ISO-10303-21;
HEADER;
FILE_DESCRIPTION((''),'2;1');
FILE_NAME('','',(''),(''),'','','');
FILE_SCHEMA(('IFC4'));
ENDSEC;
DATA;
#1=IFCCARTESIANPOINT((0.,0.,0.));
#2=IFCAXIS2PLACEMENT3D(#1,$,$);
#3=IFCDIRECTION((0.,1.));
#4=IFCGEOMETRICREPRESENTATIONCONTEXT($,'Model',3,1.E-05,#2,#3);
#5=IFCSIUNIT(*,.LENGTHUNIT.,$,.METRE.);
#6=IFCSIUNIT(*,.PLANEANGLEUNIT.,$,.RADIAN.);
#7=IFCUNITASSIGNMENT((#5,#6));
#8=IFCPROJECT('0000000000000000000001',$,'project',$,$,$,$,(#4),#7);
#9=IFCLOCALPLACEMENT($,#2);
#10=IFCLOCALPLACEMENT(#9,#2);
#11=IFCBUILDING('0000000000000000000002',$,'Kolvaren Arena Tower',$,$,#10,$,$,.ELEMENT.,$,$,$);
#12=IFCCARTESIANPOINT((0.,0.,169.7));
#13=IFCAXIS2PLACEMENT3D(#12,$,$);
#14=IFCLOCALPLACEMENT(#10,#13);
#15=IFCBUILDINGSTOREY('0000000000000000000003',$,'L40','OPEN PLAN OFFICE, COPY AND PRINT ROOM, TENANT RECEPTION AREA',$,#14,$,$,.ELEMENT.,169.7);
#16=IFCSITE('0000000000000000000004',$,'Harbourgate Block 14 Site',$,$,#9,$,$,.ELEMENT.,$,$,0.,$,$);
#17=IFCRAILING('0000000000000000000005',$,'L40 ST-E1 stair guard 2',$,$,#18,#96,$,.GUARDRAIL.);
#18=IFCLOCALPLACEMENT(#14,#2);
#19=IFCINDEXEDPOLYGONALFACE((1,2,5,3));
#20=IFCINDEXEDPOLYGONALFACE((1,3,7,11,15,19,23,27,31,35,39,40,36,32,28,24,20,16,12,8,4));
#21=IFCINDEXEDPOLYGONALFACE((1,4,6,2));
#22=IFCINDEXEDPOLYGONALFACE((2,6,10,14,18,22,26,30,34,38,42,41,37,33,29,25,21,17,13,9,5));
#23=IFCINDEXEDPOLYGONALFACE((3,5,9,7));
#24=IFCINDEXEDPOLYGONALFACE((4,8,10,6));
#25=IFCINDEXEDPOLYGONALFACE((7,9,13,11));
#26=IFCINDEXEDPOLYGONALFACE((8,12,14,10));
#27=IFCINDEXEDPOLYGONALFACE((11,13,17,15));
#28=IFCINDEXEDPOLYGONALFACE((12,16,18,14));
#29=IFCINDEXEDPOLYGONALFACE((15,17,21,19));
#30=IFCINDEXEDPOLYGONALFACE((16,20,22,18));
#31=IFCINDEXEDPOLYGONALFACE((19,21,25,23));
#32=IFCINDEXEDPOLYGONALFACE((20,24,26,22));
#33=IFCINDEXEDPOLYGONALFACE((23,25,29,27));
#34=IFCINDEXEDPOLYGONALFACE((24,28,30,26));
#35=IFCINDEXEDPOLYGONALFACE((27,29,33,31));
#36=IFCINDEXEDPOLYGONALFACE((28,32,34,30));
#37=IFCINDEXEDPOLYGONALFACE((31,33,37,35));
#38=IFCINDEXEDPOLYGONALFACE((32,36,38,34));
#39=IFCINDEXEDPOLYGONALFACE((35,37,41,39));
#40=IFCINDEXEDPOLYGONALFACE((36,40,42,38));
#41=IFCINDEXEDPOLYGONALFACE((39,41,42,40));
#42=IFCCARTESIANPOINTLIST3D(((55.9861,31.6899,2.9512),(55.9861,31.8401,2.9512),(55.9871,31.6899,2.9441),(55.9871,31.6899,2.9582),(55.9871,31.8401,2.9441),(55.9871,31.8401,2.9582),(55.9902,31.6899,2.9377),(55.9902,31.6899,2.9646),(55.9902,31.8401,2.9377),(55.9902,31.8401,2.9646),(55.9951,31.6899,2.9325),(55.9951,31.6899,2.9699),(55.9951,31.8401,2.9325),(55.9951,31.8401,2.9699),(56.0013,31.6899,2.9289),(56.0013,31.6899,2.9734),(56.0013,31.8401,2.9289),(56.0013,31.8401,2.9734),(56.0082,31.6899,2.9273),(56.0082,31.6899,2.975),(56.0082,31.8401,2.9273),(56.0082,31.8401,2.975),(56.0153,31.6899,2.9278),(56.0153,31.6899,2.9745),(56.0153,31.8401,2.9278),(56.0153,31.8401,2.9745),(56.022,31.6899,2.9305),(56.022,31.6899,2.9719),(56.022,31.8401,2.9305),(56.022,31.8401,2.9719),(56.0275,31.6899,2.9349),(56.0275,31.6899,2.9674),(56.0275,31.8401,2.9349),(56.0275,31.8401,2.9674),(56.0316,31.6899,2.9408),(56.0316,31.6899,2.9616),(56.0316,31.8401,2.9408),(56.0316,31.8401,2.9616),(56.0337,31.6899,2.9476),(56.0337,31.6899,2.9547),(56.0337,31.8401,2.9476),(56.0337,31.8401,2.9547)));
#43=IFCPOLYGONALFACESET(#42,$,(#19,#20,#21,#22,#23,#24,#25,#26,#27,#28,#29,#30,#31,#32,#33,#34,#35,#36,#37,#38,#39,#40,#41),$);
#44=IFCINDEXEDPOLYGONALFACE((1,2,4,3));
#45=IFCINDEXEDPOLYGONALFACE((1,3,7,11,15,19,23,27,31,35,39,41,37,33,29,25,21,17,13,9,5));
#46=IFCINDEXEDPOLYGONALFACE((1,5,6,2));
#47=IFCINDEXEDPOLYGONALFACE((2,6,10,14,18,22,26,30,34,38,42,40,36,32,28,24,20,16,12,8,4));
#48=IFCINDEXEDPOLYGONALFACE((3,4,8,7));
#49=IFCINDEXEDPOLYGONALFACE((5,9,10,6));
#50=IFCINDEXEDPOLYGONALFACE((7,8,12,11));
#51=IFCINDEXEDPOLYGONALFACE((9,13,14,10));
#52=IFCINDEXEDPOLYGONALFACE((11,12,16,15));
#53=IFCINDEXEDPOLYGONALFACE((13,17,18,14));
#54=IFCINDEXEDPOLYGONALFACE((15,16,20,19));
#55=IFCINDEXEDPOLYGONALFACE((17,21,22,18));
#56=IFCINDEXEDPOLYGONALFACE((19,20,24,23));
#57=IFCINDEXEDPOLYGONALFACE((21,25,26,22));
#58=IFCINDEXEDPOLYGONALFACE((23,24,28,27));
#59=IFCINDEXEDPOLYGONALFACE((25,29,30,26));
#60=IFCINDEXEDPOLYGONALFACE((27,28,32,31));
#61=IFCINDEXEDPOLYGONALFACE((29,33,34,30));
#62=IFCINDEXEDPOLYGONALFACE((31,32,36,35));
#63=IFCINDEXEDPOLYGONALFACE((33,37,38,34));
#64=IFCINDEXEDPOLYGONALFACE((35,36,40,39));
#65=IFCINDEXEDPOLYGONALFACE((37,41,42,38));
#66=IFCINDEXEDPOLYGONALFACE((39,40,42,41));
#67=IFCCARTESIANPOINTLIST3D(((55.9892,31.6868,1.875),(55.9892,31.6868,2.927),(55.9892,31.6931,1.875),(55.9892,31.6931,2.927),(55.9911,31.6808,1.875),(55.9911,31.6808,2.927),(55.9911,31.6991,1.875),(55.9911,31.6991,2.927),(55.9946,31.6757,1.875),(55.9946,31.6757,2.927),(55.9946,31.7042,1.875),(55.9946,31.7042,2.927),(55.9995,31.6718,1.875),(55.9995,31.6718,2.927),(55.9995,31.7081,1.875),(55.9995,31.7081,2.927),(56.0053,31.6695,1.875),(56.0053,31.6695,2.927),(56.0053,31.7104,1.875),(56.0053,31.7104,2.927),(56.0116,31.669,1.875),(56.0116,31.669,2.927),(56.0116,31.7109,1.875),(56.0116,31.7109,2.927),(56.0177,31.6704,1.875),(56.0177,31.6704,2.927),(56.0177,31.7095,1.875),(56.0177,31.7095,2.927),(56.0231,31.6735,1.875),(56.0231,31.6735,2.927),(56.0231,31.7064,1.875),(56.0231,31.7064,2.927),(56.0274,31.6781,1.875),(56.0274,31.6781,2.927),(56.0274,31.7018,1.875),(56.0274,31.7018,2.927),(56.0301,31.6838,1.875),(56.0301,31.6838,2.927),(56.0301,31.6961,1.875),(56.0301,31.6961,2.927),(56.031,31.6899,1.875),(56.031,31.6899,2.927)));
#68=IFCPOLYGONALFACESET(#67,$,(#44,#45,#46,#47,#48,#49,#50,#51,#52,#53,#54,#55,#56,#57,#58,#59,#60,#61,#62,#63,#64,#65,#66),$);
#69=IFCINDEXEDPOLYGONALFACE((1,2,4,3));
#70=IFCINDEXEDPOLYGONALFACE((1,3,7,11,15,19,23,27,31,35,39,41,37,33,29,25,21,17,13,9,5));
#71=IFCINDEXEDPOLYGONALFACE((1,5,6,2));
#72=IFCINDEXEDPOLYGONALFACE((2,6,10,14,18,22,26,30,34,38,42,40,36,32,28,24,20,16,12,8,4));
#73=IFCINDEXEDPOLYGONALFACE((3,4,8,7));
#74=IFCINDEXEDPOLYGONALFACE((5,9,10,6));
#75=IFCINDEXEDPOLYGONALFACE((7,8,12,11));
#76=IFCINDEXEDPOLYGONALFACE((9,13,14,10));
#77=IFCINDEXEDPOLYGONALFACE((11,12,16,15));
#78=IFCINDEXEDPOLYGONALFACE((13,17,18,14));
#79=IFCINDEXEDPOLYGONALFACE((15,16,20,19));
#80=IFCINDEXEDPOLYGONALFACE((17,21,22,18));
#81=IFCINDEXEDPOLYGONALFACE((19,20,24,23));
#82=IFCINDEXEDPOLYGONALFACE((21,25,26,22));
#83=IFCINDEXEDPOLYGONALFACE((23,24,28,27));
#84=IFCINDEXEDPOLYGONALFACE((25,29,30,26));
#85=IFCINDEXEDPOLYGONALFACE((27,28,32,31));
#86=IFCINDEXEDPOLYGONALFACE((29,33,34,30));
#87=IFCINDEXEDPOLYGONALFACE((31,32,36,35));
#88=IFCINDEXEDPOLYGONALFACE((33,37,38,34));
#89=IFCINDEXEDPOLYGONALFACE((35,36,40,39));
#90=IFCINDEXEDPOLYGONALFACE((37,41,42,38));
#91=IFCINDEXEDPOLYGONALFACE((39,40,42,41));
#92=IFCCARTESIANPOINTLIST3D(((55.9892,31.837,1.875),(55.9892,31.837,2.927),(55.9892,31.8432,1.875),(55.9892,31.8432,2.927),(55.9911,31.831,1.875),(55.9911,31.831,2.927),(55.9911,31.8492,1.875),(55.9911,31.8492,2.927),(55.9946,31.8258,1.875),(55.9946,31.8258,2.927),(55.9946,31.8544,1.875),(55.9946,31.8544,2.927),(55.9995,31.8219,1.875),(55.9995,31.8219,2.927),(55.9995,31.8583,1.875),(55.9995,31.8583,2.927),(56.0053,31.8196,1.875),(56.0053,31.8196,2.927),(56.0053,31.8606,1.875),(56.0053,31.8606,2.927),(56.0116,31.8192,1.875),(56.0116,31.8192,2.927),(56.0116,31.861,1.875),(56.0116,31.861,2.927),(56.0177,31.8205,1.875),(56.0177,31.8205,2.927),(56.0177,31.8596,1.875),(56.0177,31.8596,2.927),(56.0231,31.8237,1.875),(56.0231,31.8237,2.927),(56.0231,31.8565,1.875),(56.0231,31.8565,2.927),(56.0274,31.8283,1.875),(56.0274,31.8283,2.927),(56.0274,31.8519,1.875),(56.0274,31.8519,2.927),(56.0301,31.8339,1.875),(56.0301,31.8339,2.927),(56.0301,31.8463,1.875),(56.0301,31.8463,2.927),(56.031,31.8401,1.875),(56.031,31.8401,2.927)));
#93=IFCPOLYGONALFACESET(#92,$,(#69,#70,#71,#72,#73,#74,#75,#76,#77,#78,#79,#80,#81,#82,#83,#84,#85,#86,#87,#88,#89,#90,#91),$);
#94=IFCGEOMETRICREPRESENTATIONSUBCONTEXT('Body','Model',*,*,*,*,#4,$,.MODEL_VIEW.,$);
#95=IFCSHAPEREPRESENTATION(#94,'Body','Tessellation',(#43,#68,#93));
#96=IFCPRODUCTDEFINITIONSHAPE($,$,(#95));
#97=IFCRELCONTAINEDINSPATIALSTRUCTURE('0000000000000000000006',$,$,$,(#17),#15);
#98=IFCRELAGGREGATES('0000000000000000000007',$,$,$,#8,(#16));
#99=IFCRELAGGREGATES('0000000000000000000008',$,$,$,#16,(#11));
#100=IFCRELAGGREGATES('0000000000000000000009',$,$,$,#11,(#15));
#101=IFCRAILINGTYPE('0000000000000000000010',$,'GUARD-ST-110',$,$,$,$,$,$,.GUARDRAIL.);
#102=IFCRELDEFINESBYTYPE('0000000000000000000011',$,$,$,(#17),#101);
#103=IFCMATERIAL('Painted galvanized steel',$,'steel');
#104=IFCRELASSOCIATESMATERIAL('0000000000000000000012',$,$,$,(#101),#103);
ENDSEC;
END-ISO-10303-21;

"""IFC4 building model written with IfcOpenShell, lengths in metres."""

from ifc_helpers import new_model, si_unit, direction, frame, origin, origin_2d, place, context, subcontext, project, spatial, circle, extrude, material, type_object, element, save


model = new_model("IFC4")

# Units and contexts
model_context = context("Model", 3, precision=1e-05, world=origin(), true_north=direction((0.0, 1.0)))
body_context = subcontext(model_context, "Body", "Model", "MODEL_VIEW")
ifc_project = project(units=[si_unit("LENGTHUNIT", "METRE"), si_unit("PLANEANGLEUNIT", "RADIAN")], contexts=[model_context])

# Site, building, storey
site_placement = place(None, origin())
site = spatial("IfcSite", under=ifc_project, at=site_placement, Name="Harbourgate Block 14 Site", CompositionType="ELEMENT", RefElevation=0.0)
building_placement = place(site_placement, origin())
building = spatial("IfcBuilding", under=site, at=building_placement, Name="Kolvaren Arena Tower", CompositionType="ELEMENT")
storey_placement = place(building_placement, frame((0.0, 0.0, 169.7)))
storey = spatial("IfcBuildingStorey", under=building, at=storey_placement, Name="L40", Description="OPEN PLAN OFFICE, COPY AND PRINT ROOM, TENANT RECEPTION AREA", CompositionType="ELEMENT", Elevation=169.7)

# Railing
ifc_material_1 = material(Name="Painted galvanized steel", Category="steel")
railing_type_1 = type_object("IfcRailingType", Name="GUARD-ST-110", PredefinedType="GUARDRAIL", material=ifc_material_1)
railing_1_placement = place(storey_placement, frame((56.01, 31.6899, 1.875)))
element("IfcRailing", 1, at=railing_1_placement, inside=storey, type_object=railing_type_1, Name="L40 ST-E1 stair guard 2", PredefinedType="GUARDRAIL", context=body_context, shape_type="SweptSolid", body=[
    extrude(circle(Radius=0.0239, at=origin_2d()), frame((0.0, 0.0, 1.0762), z_axis=(0.0, 1.0, 0.0), x_axis=(-1.0, 0.0, 0.0)), (0.0, 0.0, 1.0), 0.1501),
    extrude(circle(Radius=0.021, at=origin_2d()), origin(), (0.0, 0.0, 1.0), 1.052),
    extrude(circle(Radius=0.021, at=origin_2d()), frame((0.0, 0.1501, 0.0)), (0.0, 0.0, 1.0), 1.052),
])

save(model, "model.ifc")
